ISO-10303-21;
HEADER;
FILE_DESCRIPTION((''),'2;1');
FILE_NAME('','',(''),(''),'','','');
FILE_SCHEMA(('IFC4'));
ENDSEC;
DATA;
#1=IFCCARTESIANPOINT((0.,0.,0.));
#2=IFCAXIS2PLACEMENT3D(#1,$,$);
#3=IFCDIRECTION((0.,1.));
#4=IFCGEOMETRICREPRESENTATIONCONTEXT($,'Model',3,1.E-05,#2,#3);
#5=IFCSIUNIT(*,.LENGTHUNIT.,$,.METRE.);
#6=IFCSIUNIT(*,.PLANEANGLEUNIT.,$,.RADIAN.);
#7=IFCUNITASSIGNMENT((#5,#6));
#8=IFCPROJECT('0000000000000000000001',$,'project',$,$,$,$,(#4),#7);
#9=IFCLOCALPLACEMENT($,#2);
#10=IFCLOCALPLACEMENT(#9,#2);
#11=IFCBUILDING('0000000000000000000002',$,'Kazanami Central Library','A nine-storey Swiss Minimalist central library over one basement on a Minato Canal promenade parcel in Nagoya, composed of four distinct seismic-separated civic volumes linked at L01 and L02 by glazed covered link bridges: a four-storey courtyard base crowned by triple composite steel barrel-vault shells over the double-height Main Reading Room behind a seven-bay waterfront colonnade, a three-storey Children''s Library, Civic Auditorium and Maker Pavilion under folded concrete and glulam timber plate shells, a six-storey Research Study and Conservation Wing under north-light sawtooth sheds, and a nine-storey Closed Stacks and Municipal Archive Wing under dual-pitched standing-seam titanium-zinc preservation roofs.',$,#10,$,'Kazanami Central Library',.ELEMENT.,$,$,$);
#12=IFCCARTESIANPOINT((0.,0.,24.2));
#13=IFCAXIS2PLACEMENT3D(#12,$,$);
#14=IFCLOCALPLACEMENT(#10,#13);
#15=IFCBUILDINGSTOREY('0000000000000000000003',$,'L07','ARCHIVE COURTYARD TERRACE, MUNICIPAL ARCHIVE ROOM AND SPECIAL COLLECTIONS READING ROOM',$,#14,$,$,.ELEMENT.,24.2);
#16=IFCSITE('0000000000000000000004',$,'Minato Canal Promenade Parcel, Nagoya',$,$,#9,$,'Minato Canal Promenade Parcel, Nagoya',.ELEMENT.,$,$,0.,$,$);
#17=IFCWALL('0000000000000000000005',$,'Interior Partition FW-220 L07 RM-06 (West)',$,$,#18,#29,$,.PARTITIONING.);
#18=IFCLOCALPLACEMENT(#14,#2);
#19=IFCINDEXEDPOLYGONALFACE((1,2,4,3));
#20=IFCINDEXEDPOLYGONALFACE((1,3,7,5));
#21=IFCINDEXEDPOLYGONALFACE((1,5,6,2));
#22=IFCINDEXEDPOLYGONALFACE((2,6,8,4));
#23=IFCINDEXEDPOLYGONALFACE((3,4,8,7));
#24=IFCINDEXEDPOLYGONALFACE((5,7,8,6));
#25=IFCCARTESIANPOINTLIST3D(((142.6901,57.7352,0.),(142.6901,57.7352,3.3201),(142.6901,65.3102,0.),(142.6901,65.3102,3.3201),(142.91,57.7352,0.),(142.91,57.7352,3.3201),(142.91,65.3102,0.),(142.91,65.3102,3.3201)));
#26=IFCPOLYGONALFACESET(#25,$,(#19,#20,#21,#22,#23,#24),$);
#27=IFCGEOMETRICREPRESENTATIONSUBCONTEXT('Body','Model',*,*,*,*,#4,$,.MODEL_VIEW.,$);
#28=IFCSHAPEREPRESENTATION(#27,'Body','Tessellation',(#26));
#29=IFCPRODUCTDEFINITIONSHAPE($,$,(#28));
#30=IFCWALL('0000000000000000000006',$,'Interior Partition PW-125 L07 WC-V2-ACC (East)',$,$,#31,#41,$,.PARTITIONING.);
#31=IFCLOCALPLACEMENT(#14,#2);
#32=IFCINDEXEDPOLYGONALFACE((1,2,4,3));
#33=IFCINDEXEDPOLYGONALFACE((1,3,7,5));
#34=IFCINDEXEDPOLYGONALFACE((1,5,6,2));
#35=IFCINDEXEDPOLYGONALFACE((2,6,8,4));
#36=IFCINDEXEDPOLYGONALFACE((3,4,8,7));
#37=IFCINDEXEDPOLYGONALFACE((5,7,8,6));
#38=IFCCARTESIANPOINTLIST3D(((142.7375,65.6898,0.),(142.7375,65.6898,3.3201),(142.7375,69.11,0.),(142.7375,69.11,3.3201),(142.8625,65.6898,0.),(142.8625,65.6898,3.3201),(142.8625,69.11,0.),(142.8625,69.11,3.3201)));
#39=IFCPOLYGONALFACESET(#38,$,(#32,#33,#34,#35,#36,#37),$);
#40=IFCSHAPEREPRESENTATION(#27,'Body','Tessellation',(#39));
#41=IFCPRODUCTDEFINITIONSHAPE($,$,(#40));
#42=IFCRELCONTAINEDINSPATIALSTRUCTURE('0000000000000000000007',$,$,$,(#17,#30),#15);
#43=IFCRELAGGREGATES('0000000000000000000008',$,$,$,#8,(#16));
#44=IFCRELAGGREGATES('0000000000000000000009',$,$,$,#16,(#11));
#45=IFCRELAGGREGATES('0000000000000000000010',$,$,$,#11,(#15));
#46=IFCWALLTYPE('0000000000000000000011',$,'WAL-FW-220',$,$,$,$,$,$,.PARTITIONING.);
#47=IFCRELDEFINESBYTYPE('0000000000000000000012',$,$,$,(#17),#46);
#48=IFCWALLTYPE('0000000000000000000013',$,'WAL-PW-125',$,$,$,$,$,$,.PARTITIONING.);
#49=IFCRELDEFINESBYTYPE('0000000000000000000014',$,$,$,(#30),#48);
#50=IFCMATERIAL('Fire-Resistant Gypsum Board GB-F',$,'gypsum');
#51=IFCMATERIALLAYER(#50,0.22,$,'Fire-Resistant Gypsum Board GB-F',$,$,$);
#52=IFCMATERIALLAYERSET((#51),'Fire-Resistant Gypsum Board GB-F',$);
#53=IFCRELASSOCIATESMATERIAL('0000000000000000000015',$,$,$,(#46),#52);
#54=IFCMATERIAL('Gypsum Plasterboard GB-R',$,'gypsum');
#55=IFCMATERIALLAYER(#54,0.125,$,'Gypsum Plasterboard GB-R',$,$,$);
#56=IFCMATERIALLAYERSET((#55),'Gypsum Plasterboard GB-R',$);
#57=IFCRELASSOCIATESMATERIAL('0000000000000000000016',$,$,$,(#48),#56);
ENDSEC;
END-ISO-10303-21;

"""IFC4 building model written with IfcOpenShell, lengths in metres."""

from ifc_helpers import new_model, si_unit, direction, frame, frame_2d, origin, place, context, subcontext, project, spatial, rectangle, extrude, material, layer, layer_set, type_object, element, save


model = new_model("IFC4")

# Units and contexts
model_context = context("Model", 3, precision=1e-05, world=origin(), true_north=direction((0.0, 1.0)))
body_context = subcontext(model_context, "Body", "Model", "MODEL_VIEW")
ifc_project = project(units=[si_unit("LENGTHUNIT", "METRE"), si_unit("PLANEANGLEUNIT", "RADIAN")], contexts=[model_context])

# Site, building, storey
site_placement = place(None, origin())
site = spatial("IfcSite", under=ifc_project, at=site_placement, Name="Minato Canal Promenade Parcel, Nagoya", LongName="Minato Canal Promenade Parcel, Nagoya", CompositionType="ELEMENT", RefElevation=0.0)
building_placement = place(site_placement, origin())
building = spatial("IfcBuilding", under=site, at=building_placement, Name="Kazanami Central Library", Description="A nine-storey Swiss Minimalist central library over one basement on a Minato Canal promenade parcel in Nagoya, composed of four distinct seismic-separated civic volumes linked at L01 and L02 by glazed covered link bridges: a four-storey courtyard base crowned by triple composite steel barrel-vault shells over the double-height Main Reading Room behind a seven-bay waterfront colonnade, a three-storey Children's Library, Civic Auditorium and Maker Pavilion under folded concrete and glulam timber plate shells, a six-storey Research Study and Conservation Wing under north-light sawtooth sheds, and a nine-storey Closed Stacks and Municipal Archive Wing under dual-pitched standing-seam titanium-zinc preservation roofs.", LongName="Kazanami Central Library", CompositionType="ELEMENT")
storey_placement = place(building_placement, frame((0.0, 0.0, 24.2)))
storey = spatial("IfcBuildingStorey", under=building, at=storey_placement, Name="L07", Description="ARCHIVE COURTYARD TERRACE, MUNICIPAL ARCHIVE ROOM AND SPECIAL COLLECTIONS READING ROOM", CompositionType="ELEMENT", Elevation=24.2)

# Shared definitions
ifc_material_1 = material(Name="Fire-Resistant Gypsum Board GB-F", Category="gypsum")

# Shared definitions
ifc_layer_1 = layer(ifc_material_1, 0.22, Name="Fire-Resistant Gypsum Board GB-F")
ifc_layer_set_1 = layer_set([ifc_layer_1], Name="Fire-Resistant Gypsum Board GB-F")
wall_type_1 = type_object("IfcWallType", Name="WAL-FW-220", PredefinedType="PARTITIONING", material=ifc_layer_set_1)

# Walls
wall_1_placement = place(storey_placement, frame((142.8, 57.7351, 0.0), z_axis=(0.0, 0.0, 1.0), x_axis=(0.0, 1.0, 0.0)))
element("IfcWall", 1, at=wall_1_placement, inside=storey, type_object=wall_type_1, Name="Interior Partition FW-220 L07 RM-06 (West)", PredefinedType="PARTITIONING", context=body_context, shape_type="SweptSolid", body=[
    extrude(rectangle(XDim=7.575, YDim=0.22, at=frame_2d((3.7876, 0.0))), origin(), (0.0, 0.0, 1.0), 3.3201),
])
ifc_material_2 = material(Name="Gypsum Plasterboard GB-R", Category="gypsum")
ifc_layer_2 = layer(ifc_material_2, 0.125, Name="Gypsum Plasterboard GB-R")
ifc_layer_set_2 = layer_set([ifc_layer_2], Name="Gypsum Plasterboard GB-R")
wall_type_2 = type_object("IfcWallType", Name="WAL-PW-125", PredefinedType="PARTITIONING", material=ifc_layer_set_2)
wall_2_placement = place(storey_placement, frame((142.8, 65.6899, 0.0), z_axis=(0.0, 0.0, 1.0), x_axis=(0.0, 1.0, 0.0)))
element("IfcWall", 2, at=wall_2_placement, inside=storey, type_object=wall_type_2, Name="Interior Partition PW-125 L07 WC-V2-ACC (East)", PredefinedType="PARTITIONING", context=body_context, shape_type="SweptSolid", body=[
    extrude(rectangle(XDim=3.4202, YDim=0.125, at=frame_2d((1.71, 0.0))), origin(), (0.0, 0.0, 1.0), 3.3201),
])

save(model, "model.ifc")
